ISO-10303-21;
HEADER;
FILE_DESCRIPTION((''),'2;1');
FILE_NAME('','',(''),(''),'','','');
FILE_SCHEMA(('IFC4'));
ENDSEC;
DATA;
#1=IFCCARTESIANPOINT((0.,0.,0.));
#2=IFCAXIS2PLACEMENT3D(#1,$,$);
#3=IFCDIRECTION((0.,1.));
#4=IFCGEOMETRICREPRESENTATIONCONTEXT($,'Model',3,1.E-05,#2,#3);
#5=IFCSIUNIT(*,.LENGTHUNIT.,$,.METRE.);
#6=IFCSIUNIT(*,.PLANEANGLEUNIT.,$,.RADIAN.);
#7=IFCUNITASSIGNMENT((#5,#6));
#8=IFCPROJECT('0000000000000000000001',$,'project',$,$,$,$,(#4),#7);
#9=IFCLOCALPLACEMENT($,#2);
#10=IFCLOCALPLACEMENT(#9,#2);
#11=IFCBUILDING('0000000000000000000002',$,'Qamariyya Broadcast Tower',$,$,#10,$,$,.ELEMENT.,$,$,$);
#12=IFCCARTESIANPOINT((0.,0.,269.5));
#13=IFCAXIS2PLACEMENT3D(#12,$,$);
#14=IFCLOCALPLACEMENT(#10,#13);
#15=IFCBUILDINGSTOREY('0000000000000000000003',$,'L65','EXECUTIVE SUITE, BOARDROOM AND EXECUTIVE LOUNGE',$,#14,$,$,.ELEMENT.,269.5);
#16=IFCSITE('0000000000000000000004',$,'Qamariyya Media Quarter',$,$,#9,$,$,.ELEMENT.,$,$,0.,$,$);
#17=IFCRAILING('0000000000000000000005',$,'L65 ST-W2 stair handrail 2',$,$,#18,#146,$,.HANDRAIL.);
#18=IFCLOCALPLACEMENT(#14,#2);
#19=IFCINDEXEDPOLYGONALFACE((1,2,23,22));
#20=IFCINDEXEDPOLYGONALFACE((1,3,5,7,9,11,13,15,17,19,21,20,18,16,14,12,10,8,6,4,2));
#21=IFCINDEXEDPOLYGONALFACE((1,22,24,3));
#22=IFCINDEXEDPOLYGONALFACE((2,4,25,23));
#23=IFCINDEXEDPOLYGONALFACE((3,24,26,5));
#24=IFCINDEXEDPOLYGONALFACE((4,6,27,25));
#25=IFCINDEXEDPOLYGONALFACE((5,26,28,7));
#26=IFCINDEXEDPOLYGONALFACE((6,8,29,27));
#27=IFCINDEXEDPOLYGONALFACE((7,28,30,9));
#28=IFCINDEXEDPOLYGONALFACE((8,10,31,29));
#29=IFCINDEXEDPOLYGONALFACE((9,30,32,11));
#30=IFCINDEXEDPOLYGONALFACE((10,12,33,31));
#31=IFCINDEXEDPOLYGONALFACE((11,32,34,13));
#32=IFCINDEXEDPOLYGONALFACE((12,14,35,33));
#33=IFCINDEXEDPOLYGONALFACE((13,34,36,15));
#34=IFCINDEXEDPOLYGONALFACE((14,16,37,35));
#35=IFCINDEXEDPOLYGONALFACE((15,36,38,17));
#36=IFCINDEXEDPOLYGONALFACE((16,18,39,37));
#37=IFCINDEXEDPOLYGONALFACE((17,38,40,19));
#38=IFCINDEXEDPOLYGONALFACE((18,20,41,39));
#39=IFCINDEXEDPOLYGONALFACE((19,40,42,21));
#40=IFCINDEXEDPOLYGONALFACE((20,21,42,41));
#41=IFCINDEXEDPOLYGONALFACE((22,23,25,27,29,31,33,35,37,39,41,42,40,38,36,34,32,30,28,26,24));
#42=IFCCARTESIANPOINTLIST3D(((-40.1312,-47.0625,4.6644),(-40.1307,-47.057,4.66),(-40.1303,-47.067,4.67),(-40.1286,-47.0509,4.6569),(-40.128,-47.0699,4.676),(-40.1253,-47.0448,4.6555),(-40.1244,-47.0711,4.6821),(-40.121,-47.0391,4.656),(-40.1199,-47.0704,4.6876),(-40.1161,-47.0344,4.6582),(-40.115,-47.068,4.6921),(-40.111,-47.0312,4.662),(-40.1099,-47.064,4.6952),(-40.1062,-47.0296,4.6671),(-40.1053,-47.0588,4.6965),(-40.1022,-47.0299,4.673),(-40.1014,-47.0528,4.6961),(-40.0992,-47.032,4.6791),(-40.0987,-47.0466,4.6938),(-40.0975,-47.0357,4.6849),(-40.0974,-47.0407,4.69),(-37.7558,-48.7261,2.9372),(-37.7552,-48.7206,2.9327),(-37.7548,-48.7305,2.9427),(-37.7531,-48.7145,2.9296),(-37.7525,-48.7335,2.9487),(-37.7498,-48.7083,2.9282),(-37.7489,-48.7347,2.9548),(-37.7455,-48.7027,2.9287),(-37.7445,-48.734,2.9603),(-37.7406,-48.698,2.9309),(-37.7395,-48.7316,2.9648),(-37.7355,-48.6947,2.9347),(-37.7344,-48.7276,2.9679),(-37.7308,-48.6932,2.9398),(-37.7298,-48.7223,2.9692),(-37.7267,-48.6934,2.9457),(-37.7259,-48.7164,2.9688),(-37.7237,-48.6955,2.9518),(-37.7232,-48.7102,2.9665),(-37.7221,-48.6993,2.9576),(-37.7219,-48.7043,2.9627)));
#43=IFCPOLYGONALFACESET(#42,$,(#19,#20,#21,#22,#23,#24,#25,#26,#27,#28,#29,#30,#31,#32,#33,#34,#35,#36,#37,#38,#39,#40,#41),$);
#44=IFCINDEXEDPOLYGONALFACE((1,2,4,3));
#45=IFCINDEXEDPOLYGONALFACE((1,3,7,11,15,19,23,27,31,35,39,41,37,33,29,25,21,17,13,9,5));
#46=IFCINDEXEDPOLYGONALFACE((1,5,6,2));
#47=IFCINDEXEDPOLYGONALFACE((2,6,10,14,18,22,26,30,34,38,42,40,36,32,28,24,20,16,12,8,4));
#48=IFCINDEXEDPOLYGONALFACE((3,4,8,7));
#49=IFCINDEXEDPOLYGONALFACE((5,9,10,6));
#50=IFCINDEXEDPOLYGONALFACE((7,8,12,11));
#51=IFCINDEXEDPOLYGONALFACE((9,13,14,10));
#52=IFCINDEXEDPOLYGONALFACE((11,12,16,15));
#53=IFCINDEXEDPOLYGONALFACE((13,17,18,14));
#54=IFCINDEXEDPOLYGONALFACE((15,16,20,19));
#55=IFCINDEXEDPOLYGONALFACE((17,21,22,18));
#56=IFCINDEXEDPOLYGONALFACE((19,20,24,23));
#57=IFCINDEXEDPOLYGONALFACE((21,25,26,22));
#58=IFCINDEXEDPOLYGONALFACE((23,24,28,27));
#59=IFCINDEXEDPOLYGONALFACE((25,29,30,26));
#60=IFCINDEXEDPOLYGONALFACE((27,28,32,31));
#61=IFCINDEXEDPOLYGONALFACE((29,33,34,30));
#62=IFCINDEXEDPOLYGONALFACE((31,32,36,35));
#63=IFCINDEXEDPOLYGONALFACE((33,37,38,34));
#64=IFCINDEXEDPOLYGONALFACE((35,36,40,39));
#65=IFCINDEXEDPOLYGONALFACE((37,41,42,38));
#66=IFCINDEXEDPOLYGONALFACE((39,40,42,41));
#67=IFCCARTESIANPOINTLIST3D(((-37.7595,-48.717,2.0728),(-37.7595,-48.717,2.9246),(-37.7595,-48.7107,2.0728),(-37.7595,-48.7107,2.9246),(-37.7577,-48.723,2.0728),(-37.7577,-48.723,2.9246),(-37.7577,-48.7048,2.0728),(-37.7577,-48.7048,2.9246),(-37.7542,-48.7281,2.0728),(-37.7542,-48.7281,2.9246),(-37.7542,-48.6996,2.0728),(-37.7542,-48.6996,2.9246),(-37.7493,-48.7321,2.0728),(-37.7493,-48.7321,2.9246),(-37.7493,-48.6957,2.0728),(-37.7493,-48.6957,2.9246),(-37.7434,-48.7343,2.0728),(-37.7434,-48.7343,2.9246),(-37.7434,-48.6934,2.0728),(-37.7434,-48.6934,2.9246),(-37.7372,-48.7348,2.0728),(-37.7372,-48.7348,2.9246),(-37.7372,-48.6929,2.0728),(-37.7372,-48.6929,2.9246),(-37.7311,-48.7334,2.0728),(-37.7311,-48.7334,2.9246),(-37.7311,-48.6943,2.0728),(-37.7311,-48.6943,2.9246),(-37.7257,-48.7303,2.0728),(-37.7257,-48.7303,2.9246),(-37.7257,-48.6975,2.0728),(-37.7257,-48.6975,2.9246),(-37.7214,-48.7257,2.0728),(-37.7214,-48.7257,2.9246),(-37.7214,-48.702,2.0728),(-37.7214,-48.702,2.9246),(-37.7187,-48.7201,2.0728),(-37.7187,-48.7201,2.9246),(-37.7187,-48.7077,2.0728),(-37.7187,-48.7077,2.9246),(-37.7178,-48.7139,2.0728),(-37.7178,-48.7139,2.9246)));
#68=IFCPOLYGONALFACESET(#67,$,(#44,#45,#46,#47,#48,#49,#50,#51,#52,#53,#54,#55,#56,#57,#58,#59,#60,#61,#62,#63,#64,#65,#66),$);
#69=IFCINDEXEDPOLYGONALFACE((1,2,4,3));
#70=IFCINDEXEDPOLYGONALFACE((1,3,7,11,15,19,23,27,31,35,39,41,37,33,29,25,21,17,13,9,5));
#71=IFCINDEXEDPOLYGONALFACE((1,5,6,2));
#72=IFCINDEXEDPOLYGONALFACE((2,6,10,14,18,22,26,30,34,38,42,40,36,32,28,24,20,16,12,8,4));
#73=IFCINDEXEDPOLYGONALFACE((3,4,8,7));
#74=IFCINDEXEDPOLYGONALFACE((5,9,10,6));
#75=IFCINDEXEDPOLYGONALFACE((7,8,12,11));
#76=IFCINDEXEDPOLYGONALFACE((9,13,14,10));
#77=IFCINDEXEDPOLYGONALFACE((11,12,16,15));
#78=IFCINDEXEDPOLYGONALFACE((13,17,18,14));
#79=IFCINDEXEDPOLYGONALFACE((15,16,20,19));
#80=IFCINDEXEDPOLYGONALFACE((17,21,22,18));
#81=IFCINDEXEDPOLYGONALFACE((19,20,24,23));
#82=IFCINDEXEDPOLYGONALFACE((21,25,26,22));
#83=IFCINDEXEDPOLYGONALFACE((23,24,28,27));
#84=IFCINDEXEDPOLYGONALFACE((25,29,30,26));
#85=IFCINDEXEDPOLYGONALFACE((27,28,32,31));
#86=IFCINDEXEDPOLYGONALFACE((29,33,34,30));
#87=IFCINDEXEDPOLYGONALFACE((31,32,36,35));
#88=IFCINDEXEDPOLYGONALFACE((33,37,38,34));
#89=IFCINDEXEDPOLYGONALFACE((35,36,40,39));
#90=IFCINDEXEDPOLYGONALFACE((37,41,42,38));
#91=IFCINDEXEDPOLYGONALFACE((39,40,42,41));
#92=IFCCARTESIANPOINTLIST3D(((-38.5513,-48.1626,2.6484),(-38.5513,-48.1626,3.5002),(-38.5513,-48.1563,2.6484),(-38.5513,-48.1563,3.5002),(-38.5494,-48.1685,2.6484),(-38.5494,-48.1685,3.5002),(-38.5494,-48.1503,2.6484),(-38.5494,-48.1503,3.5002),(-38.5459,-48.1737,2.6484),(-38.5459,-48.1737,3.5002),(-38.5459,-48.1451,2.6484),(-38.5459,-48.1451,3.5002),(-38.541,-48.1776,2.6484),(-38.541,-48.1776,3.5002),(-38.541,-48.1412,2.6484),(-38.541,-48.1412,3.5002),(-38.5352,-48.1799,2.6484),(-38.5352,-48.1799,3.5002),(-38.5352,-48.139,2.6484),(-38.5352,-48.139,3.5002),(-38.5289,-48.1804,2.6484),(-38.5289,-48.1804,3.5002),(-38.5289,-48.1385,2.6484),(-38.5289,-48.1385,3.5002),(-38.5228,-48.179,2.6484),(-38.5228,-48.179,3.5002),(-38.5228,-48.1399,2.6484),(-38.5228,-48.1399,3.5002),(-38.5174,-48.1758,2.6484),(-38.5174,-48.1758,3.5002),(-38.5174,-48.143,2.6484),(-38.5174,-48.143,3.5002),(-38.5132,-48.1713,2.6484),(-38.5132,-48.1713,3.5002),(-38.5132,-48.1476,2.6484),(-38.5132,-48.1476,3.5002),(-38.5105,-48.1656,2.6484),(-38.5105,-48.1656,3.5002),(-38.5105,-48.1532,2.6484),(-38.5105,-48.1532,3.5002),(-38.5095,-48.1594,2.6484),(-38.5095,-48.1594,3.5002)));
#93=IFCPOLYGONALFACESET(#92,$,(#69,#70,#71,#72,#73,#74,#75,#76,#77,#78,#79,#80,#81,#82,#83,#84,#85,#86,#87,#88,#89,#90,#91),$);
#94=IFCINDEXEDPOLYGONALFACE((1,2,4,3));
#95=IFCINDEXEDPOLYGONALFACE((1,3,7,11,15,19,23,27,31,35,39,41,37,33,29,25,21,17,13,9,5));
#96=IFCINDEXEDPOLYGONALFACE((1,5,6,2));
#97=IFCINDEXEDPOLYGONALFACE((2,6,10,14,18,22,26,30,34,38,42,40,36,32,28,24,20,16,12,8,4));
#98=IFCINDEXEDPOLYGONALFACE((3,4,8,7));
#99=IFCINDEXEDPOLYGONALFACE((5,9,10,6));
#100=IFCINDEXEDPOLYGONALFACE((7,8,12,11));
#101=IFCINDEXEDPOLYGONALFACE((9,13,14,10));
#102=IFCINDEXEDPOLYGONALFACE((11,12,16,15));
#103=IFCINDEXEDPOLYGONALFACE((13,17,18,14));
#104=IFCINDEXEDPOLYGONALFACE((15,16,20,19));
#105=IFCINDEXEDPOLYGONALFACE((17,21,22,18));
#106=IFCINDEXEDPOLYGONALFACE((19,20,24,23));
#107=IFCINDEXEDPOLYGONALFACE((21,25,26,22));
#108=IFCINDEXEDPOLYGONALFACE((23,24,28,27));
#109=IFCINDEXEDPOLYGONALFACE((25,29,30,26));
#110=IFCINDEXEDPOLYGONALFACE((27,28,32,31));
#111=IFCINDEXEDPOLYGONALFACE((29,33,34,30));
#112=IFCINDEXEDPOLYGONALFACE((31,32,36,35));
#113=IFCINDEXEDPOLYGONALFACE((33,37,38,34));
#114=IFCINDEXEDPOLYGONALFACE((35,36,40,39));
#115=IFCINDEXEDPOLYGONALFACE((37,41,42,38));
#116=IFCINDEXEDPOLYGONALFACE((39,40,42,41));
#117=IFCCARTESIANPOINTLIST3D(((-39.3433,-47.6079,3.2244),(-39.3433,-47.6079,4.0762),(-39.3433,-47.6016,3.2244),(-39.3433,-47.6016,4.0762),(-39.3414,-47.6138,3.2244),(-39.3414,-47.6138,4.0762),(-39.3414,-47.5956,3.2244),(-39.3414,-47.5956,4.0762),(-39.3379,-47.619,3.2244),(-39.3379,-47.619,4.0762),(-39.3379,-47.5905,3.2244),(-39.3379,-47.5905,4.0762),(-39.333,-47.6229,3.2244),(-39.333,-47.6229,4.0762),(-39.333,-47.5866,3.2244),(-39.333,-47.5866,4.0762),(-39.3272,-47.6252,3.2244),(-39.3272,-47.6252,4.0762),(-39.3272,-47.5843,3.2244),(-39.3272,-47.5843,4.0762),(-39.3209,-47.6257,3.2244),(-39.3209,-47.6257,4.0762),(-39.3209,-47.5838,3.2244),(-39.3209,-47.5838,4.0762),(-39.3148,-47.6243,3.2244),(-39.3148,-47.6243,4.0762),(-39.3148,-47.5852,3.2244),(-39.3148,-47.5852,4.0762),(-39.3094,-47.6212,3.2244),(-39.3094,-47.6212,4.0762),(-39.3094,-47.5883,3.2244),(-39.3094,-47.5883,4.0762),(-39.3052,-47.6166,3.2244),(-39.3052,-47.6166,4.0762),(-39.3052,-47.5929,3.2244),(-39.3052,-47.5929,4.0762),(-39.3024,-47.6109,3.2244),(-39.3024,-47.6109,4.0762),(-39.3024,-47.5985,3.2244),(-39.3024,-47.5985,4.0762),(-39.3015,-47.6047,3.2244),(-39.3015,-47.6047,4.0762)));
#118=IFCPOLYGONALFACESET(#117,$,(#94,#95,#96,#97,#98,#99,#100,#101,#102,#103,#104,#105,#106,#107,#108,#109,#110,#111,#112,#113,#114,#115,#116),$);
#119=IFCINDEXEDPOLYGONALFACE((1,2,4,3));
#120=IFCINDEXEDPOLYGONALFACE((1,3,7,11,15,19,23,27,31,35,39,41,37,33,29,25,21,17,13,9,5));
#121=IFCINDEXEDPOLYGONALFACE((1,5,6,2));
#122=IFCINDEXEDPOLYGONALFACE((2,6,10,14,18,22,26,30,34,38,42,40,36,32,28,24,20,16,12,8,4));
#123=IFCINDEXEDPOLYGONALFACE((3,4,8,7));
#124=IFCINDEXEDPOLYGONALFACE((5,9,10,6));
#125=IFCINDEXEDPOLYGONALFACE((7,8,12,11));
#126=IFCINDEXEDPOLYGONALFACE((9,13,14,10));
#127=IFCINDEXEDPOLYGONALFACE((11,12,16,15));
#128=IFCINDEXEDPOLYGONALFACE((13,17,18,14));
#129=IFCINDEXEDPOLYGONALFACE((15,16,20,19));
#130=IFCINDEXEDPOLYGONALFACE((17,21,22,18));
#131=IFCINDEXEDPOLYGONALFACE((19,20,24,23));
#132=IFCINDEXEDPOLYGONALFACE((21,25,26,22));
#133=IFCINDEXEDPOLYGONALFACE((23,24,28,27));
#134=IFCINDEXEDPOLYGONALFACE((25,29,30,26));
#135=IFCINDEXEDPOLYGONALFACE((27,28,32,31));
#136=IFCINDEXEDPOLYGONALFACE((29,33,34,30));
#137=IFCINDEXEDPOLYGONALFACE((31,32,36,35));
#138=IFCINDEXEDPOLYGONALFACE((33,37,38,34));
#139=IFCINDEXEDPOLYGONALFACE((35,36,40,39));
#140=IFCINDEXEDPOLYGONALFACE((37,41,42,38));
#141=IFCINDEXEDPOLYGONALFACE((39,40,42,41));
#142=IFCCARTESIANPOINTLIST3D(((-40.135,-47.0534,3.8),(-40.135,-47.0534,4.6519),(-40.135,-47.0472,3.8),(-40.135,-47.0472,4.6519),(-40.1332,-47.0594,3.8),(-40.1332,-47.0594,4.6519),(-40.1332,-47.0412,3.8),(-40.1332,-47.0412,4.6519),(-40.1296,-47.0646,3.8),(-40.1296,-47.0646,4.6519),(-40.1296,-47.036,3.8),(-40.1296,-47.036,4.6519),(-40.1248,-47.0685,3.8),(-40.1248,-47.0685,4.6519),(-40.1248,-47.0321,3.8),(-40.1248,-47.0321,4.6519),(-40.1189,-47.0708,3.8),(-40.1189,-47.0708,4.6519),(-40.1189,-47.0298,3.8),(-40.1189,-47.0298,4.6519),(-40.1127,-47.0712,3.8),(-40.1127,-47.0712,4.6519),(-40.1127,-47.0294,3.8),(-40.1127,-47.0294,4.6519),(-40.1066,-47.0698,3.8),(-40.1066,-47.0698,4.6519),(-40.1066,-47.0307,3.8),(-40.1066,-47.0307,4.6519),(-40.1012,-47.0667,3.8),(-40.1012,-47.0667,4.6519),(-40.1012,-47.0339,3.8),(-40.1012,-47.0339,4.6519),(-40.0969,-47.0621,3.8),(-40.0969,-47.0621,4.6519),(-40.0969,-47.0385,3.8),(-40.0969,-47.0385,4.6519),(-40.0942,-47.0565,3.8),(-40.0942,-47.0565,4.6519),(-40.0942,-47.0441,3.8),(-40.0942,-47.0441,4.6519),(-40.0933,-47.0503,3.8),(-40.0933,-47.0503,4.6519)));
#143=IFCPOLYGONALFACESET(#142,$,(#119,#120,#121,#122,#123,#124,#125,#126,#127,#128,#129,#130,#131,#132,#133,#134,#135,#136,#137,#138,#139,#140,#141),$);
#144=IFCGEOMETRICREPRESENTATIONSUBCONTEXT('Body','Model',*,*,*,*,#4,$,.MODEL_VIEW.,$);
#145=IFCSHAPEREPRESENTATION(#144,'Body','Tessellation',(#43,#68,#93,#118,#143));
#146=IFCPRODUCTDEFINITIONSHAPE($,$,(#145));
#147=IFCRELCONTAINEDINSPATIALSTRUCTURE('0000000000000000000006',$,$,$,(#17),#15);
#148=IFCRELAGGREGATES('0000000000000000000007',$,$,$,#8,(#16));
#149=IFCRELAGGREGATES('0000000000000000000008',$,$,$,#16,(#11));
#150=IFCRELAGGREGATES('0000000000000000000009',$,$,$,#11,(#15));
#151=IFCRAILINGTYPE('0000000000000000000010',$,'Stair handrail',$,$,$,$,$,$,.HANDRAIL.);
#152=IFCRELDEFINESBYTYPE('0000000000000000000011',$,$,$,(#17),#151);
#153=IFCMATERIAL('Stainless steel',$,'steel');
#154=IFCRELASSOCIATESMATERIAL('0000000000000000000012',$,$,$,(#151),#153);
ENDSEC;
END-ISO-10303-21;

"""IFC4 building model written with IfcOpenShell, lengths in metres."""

from ifc_helpers import new_model, si_unit, direction, frame, origin, origin_2d, place, context, subcontext, project, spatial, circle, extrude, material, type_object, element, save


model = new_model("IFC4")

# Units and contexts
model_context = context("Model", 3, precision=1e-05, world=origin(), true_north=direction((0.0, 1.0)))
body_context = subcontext(model_context, "Body", "Model", "MODEL_VIEW")
ifc_project = project(units=[si_unit("LENGTHUNIT", "METRE"), si_unit("PLANEANGLEUNIT", "RADIAN")], contexts=[model_context])

# Site, building, storey
site_placement = place(None, origin())
site = spatial("IfcSite", under=ifc_project, at=site_placement, Name="Qamariyya Media Quarter", CompositionType="ELEMENT", RefElevation=0.0)
building_placement = place(site_placement, origin())
building = spatial("IfcBuilding", under=site, at=building_placement, Name="Qamariyya Broadcast Tower", CompositionType="ELEMENT")
storey_placement = place(building_placement, frame((0.0, 0.0, 269.5)))
storey = spatial("IfcBuildingStorey", under=building, at=storey_placement, Name="L65", Description="EXECUTIVE SUITE, BOARDROOM AND EXECUTIVE LOUNGE", CompositionType="ELEMENT", Elevation=269.5)

# Railing
ifc_material_1 = material(Name="Stainless steel", Category="steel")
railing_type_1 = type_object("IfcRailingType", Name="Stair handrail", PredefinedType="HANDRAIL", material=ifc_material_1)
railing_1_placement = place(storey_placement, frame((-37.7388, -48.7139, 2.0728)))
element("IfcRailing", 1, at=railing_1_placement, inside=storey, type_object=railing_type_1, Name="L65 ST-W2 stair handrail 2", PredefinedType="HANDRAIL", context=body_context, shape_type="SweptSolid", body=[
    extrude(circle(Radius=0.0239, at=origin_2d()), frame((0.0, 0.0, 0.876), z_axis=(-0.703745, 0.492838, 0.511716), x_axis=(-0.573632, -0.819113, 0.0)), (0.0, 0.0, 1.0), 3.3755),
    extrude(circle(Radius=0.021, at=origin_2d()), origin(), (0.0, 0.0, 1.0), 0.8518),
    extrude(circle(Radius=0.021, at=origin_2d()), frame((-0.7917, 0.5544, 0.5757)), (0.0, 0.0, 1.0), 0.8518),
    extrude(circle(Radius=0.021, at=origin_2d()), frame((-1.5837, 1.1091, 1.1516)), (0.0, 0.0, 1.0), 0.8518),
    extrude(circle(Radius=0.021, at=origin_2d()), frame((-2.3755, 1.6636, 1.7273)), (0.0, 0.0, 1.0), 0.8518),
])

save(model, "model.ifc")
